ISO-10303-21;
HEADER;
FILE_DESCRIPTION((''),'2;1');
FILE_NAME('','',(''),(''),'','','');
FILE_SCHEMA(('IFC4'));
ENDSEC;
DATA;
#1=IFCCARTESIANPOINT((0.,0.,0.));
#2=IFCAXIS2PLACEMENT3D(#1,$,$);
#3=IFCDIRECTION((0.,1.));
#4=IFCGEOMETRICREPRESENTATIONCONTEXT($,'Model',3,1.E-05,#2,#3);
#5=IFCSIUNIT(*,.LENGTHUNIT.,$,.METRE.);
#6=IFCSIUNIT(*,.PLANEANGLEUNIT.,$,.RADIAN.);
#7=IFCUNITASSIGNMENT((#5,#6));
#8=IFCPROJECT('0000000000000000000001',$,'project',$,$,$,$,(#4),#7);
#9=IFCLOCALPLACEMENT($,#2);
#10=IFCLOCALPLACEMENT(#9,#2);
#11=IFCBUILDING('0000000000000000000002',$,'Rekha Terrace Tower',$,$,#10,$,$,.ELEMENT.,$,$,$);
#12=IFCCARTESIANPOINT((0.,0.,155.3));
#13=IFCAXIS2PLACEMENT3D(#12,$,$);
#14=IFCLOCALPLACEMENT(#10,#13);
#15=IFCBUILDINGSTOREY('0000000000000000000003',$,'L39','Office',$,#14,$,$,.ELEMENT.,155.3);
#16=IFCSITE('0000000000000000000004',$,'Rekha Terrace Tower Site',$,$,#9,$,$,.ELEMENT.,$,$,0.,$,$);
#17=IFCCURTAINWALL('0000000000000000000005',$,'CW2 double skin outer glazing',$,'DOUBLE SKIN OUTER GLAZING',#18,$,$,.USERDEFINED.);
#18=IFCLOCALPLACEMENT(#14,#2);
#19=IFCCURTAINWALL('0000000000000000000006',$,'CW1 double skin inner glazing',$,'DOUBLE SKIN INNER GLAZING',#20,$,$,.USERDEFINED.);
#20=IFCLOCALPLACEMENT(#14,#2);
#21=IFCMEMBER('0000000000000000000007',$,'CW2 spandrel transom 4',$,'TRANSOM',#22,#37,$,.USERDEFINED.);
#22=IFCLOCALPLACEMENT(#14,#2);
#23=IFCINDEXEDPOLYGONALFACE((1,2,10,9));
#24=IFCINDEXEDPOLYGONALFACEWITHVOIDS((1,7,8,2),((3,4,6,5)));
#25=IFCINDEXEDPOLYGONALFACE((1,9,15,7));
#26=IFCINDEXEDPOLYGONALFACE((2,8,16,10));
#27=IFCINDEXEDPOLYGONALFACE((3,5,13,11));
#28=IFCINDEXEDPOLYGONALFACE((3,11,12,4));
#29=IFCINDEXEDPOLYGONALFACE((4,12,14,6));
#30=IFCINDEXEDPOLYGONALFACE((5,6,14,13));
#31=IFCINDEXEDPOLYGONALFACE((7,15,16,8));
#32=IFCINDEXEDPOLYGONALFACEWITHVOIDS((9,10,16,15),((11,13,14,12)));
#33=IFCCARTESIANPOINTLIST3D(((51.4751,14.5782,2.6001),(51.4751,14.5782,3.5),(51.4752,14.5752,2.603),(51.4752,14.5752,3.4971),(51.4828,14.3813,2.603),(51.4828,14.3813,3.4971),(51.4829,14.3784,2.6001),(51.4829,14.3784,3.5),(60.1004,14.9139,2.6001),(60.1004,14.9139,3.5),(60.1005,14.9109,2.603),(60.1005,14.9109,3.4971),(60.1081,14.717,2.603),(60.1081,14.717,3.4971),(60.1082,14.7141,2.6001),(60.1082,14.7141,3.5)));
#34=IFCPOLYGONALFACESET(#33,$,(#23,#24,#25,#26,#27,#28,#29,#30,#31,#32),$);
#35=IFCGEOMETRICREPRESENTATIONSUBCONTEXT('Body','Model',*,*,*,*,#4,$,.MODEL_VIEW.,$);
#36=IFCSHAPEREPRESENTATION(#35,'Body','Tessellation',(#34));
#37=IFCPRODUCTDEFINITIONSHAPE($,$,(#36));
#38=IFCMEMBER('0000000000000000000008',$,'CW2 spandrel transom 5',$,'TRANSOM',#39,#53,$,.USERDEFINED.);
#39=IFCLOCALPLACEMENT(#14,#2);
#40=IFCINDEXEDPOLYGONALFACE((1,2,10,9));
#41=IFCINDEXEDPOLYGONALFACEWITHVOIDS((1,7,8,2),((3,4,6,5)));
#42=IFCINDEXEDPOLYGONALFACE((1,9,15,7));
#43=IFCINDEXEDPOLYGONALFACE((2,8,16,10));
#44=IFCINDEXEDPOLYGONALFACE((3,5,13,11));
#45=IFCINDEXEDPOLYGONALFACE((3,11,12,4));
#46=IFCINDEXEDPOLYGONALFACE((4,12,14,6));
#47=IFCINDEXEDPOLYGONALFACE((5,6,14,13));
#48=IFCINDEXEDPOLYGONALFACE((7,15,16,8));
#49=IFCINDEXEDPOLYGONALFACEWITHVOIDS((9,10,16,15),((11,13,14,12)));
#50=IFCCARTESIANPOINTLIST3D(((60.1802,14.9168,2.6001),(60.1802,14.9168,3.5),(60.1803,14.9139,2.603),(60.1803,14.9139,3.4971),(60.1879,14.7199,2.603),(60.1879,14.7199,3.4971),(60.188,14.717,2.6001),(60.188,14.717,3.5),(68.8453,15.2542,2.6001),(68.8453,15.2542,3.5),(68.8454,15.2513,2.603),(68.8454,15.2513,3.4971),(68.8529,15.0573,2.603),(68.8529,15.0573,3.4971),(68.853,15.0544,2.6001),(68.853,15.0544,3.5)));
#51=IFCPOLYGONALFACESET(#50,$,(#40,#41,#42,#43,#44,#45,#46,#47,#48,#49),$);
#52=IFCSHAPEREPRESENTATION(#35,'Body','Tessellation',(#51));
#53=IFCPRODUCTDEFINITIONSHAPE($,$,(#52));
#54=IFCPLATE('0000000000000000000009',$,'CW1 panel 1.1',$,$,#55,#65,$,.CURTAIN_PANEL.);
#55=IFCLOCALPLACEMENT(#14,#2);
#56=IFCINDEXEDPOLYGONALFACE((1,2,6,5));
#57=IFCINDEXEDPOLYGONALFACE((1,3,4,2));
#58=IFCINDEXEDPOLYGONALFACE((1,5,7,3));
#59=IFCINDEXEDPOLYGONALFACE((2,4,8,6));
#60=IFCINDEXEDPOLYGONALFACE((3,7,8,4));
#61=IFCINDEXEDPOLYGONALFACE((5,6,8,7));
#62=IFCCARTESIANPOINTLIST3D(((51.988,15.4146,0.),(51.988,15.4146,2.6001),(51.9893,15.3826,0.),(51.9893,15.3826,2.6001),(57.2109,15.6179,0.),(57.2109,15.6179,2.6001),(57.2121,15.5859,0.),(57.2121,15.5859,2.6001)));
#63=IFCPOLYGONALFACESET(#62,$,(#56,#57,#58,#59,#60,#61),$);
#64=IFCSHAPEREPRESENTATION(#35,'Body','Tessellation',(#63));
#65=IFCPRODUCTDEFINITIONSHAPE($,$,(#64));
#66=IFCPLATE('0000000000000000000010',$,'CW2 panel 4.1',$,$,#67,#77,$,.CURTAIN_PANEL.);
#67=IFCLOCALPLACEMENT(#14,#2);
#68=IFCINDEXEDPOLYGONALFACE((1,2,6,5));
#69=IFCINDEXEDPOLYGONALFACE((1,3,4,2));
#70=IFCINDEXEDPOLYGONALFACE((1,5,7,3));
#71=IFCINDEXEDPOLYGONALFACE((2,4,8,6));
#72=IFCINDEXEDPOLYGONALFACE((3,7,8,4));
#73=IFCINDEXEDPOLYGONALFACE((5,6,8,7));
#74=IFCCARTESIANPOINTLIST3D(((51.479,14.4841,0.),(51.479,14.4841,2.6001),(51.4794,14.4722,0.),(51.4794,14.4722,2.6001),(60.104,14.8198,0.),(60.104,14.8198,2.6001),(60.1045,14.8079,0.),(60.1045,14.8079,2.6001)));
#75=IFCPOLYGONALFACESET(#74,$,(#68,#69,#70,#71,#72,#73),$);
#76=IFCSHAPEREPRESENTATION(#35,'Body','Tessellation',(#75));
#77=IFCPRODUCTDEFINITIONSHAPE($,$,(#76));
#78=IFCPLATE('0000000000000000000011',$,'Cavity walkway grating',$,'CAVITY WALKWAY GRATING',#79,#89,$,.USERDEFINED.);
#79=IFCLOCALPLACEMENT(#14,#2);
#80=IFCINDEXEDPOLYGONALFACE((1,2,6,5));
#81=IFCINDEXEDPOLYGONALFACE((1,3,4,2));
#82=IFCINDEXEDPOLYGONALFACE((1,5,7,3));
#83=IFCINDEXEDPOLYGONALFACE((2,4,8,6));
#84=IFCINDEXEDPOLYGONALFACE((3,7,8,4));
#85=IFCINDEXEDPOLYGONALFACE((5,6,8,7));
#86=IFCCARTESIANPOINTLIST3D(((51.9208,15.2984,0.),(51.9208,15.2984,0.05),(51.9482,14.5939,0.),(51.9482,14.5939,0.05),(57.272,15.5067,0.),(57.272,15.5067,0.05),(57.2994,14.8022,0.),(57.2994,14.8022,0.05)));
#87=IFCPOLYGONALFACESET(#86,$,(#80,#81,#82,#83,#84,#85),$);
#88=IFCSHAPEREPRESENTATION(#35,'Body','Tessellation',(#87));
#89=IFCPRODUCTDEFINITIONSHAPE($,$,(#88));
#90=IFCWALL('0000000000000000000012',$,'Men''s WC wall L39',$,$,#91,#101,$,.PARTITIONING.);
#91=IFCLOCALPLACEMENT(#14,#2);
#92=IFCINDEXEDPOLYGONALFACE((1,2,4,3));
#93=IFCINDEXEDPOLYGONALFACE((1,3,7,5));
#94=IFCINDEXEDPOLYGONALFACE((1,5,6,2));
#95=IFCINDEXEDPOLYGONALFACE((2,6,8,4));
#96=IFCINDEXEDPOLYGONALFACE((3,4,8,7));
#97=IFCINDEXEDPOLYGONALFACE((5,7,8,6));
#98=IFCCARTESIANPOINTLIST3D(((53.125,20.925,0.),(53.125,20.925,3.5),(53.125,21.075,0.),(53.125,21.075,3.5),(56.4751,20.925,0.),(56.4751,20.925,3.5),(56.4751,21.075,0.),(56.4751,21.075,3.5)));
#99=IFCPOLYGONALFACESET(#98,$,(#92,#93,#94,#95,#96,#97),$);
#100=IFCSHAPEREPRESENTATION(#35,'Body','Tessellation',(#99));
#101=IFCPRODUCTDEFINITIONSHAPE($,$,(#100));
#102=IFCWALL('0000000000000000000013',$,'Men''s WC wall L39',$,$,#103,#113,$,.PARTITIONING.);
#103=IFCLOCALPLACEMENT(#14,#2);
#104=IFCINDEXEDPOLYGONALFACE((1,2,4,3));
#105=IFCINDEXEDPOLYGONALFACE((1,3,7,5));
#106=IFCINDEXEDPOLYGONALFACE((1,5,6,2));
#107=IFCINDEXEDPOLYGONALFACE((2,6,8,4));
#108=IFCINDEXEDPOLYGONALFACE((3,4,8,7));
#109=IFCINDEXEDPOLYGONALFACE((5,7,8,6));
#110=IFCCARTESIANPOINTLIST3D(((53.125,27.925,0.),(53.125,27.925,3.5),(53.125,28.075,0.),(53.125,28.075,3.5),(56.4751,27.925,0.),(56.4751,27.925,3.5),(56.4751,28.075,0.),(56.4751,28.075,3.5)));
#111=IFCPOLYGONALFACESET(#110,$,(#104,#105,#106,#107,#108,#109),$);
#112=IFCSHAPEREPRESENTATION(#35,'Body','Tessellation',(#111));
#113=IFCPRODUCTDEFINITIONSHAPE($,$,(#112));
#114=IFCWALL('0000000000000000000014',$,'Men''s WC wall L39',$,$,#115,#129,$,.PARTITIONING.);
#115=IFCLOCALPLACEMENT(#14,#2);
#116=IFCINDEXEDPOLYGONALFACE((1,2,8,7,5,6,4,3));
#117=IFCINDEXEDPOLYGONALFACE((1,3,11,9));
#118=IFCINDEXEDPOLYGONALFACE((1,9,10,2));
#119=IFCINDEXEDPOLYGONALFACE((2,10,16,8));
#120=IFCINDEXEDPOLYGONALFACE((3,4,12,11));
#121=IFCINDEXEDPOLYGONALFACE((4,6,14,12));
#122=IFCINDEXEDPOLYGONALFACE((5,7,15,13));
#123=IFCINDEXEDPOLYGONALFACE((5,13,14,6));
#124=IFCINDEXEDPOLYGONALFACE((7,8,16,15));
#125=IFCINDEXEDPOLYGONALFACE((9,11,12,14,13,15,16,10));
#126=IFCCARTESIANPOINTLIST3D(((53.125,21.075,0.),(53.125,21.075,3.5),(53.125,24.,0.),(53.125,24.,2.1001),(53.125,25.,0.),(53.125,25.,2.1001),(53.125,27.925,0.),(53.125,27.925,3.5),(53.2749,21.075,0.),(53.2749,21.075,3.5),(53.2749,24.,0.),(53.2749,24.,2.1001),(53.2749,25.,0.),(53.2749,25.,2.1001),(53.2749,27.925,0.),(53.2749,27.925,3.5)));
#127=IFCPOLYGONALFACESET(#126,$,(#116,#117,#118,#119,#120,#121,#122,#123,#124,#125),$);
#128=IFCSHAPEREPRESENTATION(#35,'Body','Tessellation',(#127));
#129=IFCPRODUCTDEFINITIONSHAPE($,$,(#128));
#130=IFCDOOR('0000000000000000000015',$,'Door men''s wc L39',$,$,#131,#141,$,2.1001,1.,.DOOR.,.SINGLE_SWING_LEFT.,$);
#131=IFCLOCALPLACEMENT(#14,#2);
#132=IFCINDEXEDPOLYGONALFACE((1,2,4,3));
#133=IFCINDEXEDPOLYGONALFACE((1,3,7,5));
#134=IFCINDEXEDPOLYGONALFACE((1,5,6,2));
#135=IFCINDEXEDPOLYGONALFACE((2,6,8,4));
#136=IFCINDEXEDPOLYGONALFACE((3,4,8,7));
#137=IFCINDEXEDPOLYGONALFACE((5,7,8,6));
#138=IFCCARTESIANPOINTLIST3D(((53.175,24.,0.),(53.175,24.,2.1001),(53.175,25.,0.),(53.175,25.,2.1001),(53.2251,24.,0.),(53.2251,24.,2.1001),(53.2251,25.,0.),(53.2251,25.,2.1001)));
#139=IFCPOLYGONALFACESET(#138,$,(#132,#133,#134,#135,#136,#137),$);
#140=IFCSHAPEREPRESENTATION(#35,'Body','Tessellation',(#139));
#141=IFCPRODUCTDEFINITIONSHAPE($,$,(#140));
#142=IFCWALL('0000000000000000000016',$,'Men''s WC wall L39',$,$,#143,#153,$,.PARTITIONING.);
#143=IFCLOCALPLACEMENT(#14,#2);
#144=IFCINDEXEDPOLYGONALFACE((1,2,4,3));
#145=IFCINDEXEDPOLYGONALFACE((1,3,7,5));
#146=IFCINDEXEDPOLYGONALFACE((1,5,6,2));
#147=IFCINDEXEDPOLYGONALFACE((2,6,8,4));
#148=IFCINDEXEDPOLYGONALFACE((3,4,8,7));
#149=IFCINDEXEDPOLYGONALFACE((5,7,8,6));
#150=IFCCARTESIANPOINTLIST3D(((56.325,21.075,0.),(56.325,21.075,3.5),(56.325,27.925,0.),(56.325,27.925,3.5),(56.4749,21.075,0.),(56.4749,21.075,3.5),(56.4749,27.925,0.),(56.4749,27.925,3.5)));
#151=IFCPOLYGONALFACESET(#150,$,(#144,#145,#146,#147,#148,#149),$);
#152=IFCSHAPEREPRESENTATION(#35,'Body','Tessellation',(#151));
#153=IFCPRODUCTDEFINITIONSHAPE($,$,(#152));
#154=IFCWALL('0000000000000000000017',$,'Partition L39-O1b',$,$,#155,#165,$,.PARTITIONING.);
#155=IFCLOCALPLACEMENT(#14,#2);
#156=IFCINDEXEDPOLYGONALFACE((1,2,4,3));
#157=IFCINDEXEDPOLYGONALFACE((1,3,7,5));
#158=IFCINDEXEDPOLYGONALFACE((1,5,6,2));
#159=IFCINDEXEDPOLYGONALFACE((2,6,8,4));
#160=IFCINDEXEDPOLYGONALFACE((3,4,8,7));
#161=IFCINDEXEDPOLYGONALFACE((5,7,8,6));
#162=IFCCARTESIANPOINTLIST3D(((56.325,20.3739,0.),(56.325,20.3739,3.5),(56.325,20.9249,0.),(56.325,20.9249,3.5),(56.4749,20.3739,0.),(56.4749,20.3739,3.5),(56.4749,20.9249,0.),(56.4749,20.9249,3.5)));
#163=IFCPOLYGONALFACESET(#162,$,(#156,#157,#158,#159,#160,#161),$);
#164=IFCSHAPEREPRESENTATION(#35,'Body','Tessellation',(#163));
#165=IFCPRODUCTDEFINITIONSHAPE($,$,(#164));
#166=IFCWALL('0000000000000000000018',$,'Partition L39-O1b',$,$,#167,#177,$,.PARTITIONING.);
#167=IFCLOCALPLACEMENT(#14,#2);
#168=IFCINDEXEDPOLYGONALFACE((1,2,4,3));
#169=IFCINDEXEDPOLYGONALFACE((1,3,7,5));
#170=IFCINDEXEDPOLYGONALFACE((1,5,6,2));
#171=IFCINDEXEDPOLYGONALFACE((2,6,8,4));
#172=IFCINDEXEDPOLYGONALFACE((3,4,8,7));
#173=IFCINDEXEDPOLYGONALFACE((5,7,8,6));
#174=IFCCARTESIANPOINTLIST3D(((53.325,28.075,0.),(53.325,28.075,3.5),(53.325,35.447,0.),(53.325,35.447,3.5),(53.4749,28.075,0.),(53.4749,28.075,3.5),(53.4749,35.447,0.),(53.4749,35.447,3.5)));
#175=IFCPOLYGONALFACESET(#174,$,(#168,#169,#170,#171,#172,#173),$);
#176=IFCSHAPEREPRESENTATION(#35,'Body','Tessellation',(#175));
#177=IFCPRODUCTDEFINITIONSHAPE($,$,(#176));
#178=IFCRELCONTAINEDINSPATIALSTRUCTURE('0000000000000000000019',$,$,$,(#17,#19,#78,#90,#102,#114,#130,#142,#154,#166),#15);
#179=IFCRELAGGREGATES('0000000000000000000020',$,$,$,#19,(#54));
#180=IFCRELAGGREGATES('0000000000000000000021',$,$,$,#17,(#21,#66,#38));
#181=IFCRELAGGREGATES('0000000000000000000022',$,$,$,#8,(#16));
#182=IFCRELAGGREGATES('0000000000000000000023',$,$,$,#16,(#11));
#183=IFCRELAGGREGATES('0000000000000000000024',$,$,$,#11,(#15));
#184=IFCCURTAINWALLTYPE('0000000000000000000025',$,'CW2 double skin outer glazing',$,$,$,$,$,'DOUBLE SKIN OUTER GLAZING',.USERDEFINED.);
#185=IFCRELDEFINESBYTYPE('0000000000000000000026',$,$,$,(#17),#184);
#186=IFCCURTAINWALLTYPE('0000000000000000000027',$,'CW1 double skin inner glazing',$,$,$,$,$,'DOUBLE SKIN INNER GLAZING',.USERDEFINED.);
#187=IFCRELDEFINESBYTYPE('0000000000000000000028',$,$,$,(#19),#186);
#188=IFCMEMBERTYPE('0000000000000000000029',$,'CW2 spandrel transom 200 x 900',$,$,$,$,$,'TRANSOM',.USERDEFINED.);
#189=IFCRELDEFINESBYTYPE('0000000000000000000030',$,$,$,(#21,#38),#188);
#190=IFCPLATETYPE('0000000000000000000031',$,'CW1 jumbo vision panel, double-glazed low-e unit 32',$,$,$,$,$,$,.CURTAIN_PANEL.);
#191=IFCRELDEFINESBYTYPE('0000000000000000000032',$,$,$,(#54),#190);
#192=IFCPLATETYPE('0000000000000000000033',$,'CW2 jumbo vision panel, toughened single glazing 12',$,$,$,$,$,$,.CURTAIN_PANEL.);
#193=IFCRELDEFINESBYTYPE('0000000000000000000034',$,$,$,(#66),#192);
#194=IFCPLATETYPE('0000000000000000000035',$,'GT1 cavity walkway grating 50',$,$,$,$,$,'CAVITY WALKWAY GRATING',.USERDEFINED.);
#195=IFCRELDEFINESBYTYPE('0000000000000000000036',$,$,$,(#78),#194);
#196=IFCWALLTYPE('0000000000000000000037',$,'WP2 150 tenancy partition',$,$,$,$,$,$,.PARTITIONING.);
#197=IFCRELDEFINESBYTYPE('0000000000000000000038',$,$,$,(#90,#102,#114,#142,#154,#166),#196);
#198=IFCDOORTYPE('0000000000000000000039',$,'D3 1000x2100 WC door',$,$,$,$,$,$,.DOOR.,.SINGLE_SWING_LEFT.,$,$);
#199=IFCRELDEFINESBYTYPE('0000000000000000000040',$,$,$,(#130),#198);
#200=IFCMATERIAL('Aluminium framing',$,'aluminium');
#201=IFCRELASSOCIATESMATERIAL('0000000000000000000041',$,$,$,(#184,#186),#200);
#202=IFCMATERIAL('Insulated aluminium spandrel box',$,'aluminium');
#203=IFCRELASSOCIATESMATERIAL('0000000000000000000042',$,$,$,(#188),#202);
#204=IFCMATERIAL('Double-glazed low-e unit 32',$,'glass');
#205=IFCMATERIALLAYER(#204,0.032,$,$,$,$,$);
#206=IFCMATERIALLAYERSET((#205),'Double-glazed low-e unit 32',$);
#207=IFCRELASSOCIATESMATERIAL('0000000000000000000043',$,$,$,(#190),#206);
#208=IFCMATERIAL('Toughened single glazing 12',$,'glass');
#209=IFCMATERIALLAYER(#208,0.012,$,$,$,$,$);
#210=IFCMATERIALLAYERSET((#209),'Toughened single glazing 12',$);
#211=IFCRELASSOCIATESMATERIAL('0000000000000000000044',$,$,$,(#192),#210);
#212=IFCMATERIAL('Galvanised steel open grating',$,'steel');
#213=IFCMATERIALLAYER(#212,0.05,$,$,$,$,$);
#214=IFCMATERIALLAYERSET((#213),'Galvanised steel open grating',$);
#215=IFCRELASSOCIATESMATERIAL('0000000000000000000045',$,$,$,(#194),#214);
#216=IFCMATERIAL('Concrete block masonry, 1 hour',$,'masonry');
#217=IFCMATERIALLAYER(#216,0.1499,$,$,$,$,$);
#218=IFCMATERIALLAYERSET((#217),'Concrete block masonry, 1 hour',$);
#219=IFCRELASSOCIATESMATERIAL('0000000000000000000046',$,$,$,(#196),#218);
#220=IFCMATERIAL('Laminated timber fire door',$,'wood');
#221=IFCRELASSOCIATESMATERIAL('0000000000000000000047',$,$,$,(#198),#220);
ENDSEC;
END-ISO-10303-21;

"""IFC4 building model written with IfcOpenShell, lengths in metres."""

from ifc_helpers import new_model, si_unit, direction, frame, frame_2d, origin, origin_2d, place, context, subcontext, project, spatial, rectangle, hollow_rectangle, extrude, material, layer, layer_set, material_profile, profile_set, type_object, element, fill, aggregate, save


model = new_model("IFC4")

# Units and contexts
model_context = context("Model", 3, precision=1e-05, world=origin(), true_north=direction((0.0, 1.0)))
body_context = subcontext(model_context, "Body", "Model", "MODEL_VIEW")
ifc_project = project(units=[si_unit("LENGTHUNIT", "METRE"), si_unit("PLANEANGLEUNIT", "RADIAN")], contexts=[model_context])

# Site, building, storey
site_placement = place(None, origin())
site = spatial("IfcSite", under=ifc_project, at=site_placement, Name="Rekha Terrace Tower Site", CompositionType="ELEMENT", RefElevation=0.0)
building_placement = place(site_placement, origin())
building = spatial("IfcBuilding", under=site, at=building_placement, Name="Rekha Terrace Tower", CompositionType="ELEMENT")
storey_placement = place(building_placement, frame((0.0, 0.0, 155.3)))
storey = spatial("IfcBuildingStorey", under=building, at=storey_placement, Name="L39", Description="Office", CompositionType="ELEMENT", Elevation=155.3)

# Curtain walls
ifc_material_1 = material(Name="Aluminium framing", Category="aluminium")
curtain_wall_type_1 = type_object("IfcCurtainWallType", Name="CW2 double skin outer glazing", ElementType="DOUBLE SKIN OUTER GLAZING", PredefinedType="USERDEFINED", material=ifc_material_1)
curtain_wall_1_placement = place(storey_placement, origin())
curtain_wall_1 = element("IfcCurtainWall", 1, at=curtain_wall_1_placement, inside=storey, type_object=curtain_wall_type_1, Name="CW2 double skin outer glazing", ObjectType="DOUBLE SKIN OUTER GLAZING", PredefinedType="USERDEFINED")
curtain_wall_type_2 = type_object("IfcCurtainWallType", Name="CW1 double skin inner glazing", ElementType="DOUBLE SKIN INNER GLAZING", PredefinedType="USERDEFINED", material=ifc_material_1)
curtain_wall_2_placement = place(storey_placement, origin())
curtain_wall_2 = element("IfcCurtainWall", 2, at=curtain_wall_2_placement, inside=storey, type_object=curtain_wall_type_2, Name="CW1 double skin inner glazing", ObjectType="DOUBLE SKIN INNER GLAZING", PredefinedType="USERDEFINED")

# Members
ifc_material_2 = material(Name="Insulated aluminium spandrel box", Category="aluminium")
ifc_material_profile_1 = material_profile(ifc_material_2, hollow_rectangle(XDim=0.2, YDim=0.8999, WallThickness=0.0029, at=origin_2d()), Name="AL SPANDREL BOX 200x900")
ifc_profile_set_1 = profile_set([ifc_material_profile_1], Name="Insulated aluminium spandrel box")
member_type_1 = type_object("IfcMemberType", Name="CW2 spandrel transom 200 x 900", ElementType="TRANSOM", PredefinedType="USERDEFINED", material=ifc_profile_set_1)
member_1_placement = place(storey_placement, frame((51.479, 14.4783, 3.05), z_axis=(0.999243, 0.03889, 0.0), x_axis=(-0.03889, 0.999243, 0.0)))
member_1 = element("IfcMember", 3, at=member_1_placement, type_object=member_type_1, Name="CW2 spandrel transom 4", ObjectType="TRANSOM", PredefinedType="USERDEFINED", context=body_context, shape_type="SweptSolid", body=[
    extrude(hollow_rectangle(XDim=0.2, YDim=0.8999, WallThickness=0.0029, at=origin_2d()), origin(), (0.0, 0.0, 1.0), 8.6318),
])
member_2_placement = place(storey_placement, frame((60.1841, 14.8169, 3.05), z_axis=(0.999243, 0.038909, 0.0), x_axis=(-0.038909, 0.999243, 0.0)))
member_2 = element("IfcMember", 4, at=member_2_placement, type_object=member_type_1, Name="CW2 spandrel transom 5", ObjectType="TRANSOM", PredefinedType="USERDEFINED", context=body_context, shape_type="SweptSolid", body=[
    extrude(hollow_rectangle(XDim=0.2, YDim=0.8999, WallThickness=0.0029, at=origin_2d()), origin(), (0.0, 0.0, 1.0), 8.6716),
])

# Plates
ifc_material_3 = material(Name="Double-glazed low-e unit 32", Category="glass")
ifc_layer_1 = layer(ifc_material_3, 0.032)
ifc_layer_set_1 = layer_set([ifc_layer_1], Name="Double-glazed low-e unit 32")
plate_type_1 = type_object("IfcPlateType", Name="CW1 jumbo vision panel, double-glazed low-e unit 32", PredefinedType="CURTAIN_PANEL", material=ifc_layer_set_1)
plate_1_placement = place(storey_placement, frame((54.6001, 15.5002, 0.0), z_axis=(0.0, 0.0, 1.0), x_axis=(0.999243, 0.03889, 0.0)))
plate_1 = element("IfcPlate", 5, at=plate_1_placement, type_object=plate_type_1, Name="CW1 panel 1.1", PredefinedType="CURTAIN_PANEL", context=body_context, shape_type="SweptSolid", body=[
    extrude(rectangle(XDim=5.2268, YDim=0.032, at=origin_2d()), origin(), (0.0, 0.0, 1.0), 2.6001),
])
aggregate(curtain_wall_2, [plate_1])
ifc_material_4 = material(Name="Toughened single glazing 12", Category="glass")
ifc_layer_2 = layer(ifc_material_4, 0.012)
ifc_layer_set_2 = layer_set([ifc_layer_2], Name="Toughened single glazing 12")
plate_type_2 = type_object("IfcPlateType", Name="CW2 jumbo vision panel, toughened single glazing 12", PredefinedType="CURTAIN_PANEL", material=ifc_layer_set_2)
plate_2_placement = place(storey_placement, frame((55.7917, 14.646, 0.0), z_axis=(0.0, 0.0, 1.0), x_axis=(0.999243, 0.03889, 0.0)))
plate_2 = element("IfcPlate", 6, at=plate_2_placement, type_object=plate_type_2, Name="CW2 panel 4.1", PredefinedType="CURTAIN_PANEL", context=body_context, shape_type="SweptSolid", body=[
    extrude(rectangle(XDim=8.6316, YDim=0.012, at=origin_2d()), origin(), (0.0, 0.0, 1.0), 2.6001),
])
aggregate(curtain_wall_1, [member_1, plate_2, member_2])
ifc_material_5 = material(Name="Galvanised steel open grating", Category="steel")
ifc_layer_3 = layer(ifc_material_5, 0.05)
ifc_layer_set_3 = layer_set([ifc_layer_3], Name="Galvanised steel open grating")
plate_type_3 = type_object("IfcPlateType", Name="GT1 cavity walkway grating 50", ElementType="CAVITY WALKWAY GRATING", PredefinedType="USERDEFINED", material=ifc_layer_set_3)
plate_3_placement = place(storey_placement, frame((54.6101, 15.0503, 0.0), z_axis=(0.0, 0.0, 1.0), x_axis=(0.999243, 0.03889, 0.0)))
element("IfcPlate", 7, at=plate_3_placement, inside=storey, type_object=plate_type_3, Name="Cavity walkway grating", ObjectType="CAVITY WALKWAY GRATING", PredefinedType="USERDEFINED", context=body_context, shape_type="SweptSolid", body=[
    extrude(rectangle(XDim=5.3552, YDim=0.7051, at=origin_2d()), origin(), (0.0, 0.0, 1.0), 0.05),
])

# Walls
ifc_material_6 = material(Name="Concrete block masonry, 1 hour", Category="masonry")
ifc_layer_4 = layer(ifc_material_6, 0.1499)
ifc_layer_set_4 = layer_set([ifc_layer_4], Name="Concrete block masonry, 1 hour")
wall_type_1 = type_object("IfcWallType", Name="WP2 150 tenancy partition", PredefinedType="PARTITIONING", material=ifc_layer_set_4)
for number, where, z_axis, x_axis, name in (
    (8, (53.125, 21.0, 0.0), (0.0, 0.0, 1.0), (1.0, 0.0, 0.0), "Men's WC wall L39"),
    (9, (53.125, 28.0, 0.0), (0.0, 0.0, 1.0), (1.0, 0.0, 0.0), "Men's WC wall L39"),
):
    element("IfcWall", number, at=place(storey_placement, frame(where, z_axis=z_axis, x_axis=x_axis)), inside=storey, type_object=wall_type_1, Name=name, PredefinedType="PARTITIONING", context=body_context, shape_type="SweptSolid", body=[
        extrude(rectangle(XDim=3.3501, YDim=0.1499, at=frame_2d((1.675, 0.0))), origin(), (0.0, 0.0, 1.0), 3.5),
    ])

# Wall, opening, door
wall_1_placement = place(storey_placement, frame((53.2, 21.075, 0.0), z_axis=(0.0, 0.0, 1.0), x_axis=(0.0, 1.0, 0.0)))
wall_1 = element("IfcWall", 10, at=wall_1_placement, inside=storey, type_object=wall_type_1, Name="Men's WC wall L39", PredefinedType="PARTITIONING", context=body_context, shape_type="SweptSolid", body=[
    extrude(rectangle(XDim=6.8501, YDim=0.1499, at=frame_2d((3.425, 0.0))), origin(), (0.0, 0.0, 1.0), 3.5),
])
opening_1_placement = place(wall_1_placement, frame((2.925, 0.0, 0.0)))
opening_1 = element("IfcOpeningElement", 11, at=opening_1_placement, cuts=wall_1, PredefinedType="OPENING", context=body_context, shape_type="SweptSolid", body=[
    extrude(rectangle(XDim=1.0, YDim=2.1001, at=frame_2d((0.5, 1.05))), frame((0.0, 0.085, 0.0), z_axis=(0.0, -1.0, 0.0), x_axis=(1.0, 0.0, 0.0)), (0.0, 0.0, 1.0), 0.1699),
])
ifc_material_7 = material(Name="Laminated timber fire door", Category="wood")
door_type_1 = type_object("IfcDoorType", Name="D3 1000x2100 WC door", OperationType="SINGLE_SWING_LEFT", PredefinedType="DOOR", material=ifc_material_7)
door_1_placement = place(opening_1_placement, origin())
door_1 = element("IfcDoor", 12, at=door_1_placement, inside=storey, type_object=door_type_1, Name="Door men's wc L39", OperationType="SINGLE_SWING_LEFT", OverallHeight=2.1001, OverallWidth=1.0, PredefinedType="DOOR", context=body_context, shape_type="SweptSolid", body=[
    extrude(rectangle(XDim=1.0, YDim=2.1001, at=frame_2d((0.5, 1.05))), frame((0.0, 0.0249, 0.0), z_axis=(0.0, -1.0, 0.0), x_axis=(1.0, 0.0, 0.0)), (0.0, 0.0, 1.0), 0.05),
])
fill(opening_1, door_1)

# Walls
wall_2_placement = place(storey_placement, frame((56.3999, 21.075, 0.0), z_axis=(0.0, 0.0, 1.0), x_axis=(0.0, 1.0, 0.0)))
element("IfcWall", 13, at=wall_2_placement, inside=storey, type_object=wall_type_1, Name="Men's WC wall L39", PredefinedType="PARTITIONING", context=body_context, shape_type="SweptSolid", body=[
    extrude(rectangle(XDim=6.8501, YDim=0.1499, at=frame_2d((3.425, 0.0))), origin(), (0.0, 0.0, 1.0), 3.5),
])
wall_3_placement = place(storey_placement, frame((56.3999, 20.374, 0.0), z_axis=(0.0, 0.0, 1.0), x_axis=(0.0, 1.0, 0.0)))
element("IfcWall", 14, at=wall_3_placement, inside=storey, type_object=wall_type_1, Name="Partition L39-O1b", PredefinedType="PARTITIONING", context=body_context, shape_type="SweptSolid", body=[
    extrude(rectangle(XDim=0.551, YDim=0.1499, at=frame_2d((0.2754, 0.0))), origin(), (0.0, 0.0, 1.0), 3.5),
])
wall_4_placement = place(storey_placement, frame((53.3999, 28.075, 0.0), z_axis=(0.0, 0.0, 1.0), x_axis=(0.0, 1.0, 0.0)))
element("IfcWall", 15, at=wall_4_placement, inside=storey, type_object=wall_type_1, Name="Partition L39-O1b", PredefinedType="PARTITIONING", context=body_context, shape_type="SweptSolid", body=[
    extrude(rectangle(XDim=7.3721, YDim=0.1499, at=frame_2d((3.686, 0.0))), origin(), (0.0, 0.0, 1.0), 3.5),
])

save(model, "model.ifc")
